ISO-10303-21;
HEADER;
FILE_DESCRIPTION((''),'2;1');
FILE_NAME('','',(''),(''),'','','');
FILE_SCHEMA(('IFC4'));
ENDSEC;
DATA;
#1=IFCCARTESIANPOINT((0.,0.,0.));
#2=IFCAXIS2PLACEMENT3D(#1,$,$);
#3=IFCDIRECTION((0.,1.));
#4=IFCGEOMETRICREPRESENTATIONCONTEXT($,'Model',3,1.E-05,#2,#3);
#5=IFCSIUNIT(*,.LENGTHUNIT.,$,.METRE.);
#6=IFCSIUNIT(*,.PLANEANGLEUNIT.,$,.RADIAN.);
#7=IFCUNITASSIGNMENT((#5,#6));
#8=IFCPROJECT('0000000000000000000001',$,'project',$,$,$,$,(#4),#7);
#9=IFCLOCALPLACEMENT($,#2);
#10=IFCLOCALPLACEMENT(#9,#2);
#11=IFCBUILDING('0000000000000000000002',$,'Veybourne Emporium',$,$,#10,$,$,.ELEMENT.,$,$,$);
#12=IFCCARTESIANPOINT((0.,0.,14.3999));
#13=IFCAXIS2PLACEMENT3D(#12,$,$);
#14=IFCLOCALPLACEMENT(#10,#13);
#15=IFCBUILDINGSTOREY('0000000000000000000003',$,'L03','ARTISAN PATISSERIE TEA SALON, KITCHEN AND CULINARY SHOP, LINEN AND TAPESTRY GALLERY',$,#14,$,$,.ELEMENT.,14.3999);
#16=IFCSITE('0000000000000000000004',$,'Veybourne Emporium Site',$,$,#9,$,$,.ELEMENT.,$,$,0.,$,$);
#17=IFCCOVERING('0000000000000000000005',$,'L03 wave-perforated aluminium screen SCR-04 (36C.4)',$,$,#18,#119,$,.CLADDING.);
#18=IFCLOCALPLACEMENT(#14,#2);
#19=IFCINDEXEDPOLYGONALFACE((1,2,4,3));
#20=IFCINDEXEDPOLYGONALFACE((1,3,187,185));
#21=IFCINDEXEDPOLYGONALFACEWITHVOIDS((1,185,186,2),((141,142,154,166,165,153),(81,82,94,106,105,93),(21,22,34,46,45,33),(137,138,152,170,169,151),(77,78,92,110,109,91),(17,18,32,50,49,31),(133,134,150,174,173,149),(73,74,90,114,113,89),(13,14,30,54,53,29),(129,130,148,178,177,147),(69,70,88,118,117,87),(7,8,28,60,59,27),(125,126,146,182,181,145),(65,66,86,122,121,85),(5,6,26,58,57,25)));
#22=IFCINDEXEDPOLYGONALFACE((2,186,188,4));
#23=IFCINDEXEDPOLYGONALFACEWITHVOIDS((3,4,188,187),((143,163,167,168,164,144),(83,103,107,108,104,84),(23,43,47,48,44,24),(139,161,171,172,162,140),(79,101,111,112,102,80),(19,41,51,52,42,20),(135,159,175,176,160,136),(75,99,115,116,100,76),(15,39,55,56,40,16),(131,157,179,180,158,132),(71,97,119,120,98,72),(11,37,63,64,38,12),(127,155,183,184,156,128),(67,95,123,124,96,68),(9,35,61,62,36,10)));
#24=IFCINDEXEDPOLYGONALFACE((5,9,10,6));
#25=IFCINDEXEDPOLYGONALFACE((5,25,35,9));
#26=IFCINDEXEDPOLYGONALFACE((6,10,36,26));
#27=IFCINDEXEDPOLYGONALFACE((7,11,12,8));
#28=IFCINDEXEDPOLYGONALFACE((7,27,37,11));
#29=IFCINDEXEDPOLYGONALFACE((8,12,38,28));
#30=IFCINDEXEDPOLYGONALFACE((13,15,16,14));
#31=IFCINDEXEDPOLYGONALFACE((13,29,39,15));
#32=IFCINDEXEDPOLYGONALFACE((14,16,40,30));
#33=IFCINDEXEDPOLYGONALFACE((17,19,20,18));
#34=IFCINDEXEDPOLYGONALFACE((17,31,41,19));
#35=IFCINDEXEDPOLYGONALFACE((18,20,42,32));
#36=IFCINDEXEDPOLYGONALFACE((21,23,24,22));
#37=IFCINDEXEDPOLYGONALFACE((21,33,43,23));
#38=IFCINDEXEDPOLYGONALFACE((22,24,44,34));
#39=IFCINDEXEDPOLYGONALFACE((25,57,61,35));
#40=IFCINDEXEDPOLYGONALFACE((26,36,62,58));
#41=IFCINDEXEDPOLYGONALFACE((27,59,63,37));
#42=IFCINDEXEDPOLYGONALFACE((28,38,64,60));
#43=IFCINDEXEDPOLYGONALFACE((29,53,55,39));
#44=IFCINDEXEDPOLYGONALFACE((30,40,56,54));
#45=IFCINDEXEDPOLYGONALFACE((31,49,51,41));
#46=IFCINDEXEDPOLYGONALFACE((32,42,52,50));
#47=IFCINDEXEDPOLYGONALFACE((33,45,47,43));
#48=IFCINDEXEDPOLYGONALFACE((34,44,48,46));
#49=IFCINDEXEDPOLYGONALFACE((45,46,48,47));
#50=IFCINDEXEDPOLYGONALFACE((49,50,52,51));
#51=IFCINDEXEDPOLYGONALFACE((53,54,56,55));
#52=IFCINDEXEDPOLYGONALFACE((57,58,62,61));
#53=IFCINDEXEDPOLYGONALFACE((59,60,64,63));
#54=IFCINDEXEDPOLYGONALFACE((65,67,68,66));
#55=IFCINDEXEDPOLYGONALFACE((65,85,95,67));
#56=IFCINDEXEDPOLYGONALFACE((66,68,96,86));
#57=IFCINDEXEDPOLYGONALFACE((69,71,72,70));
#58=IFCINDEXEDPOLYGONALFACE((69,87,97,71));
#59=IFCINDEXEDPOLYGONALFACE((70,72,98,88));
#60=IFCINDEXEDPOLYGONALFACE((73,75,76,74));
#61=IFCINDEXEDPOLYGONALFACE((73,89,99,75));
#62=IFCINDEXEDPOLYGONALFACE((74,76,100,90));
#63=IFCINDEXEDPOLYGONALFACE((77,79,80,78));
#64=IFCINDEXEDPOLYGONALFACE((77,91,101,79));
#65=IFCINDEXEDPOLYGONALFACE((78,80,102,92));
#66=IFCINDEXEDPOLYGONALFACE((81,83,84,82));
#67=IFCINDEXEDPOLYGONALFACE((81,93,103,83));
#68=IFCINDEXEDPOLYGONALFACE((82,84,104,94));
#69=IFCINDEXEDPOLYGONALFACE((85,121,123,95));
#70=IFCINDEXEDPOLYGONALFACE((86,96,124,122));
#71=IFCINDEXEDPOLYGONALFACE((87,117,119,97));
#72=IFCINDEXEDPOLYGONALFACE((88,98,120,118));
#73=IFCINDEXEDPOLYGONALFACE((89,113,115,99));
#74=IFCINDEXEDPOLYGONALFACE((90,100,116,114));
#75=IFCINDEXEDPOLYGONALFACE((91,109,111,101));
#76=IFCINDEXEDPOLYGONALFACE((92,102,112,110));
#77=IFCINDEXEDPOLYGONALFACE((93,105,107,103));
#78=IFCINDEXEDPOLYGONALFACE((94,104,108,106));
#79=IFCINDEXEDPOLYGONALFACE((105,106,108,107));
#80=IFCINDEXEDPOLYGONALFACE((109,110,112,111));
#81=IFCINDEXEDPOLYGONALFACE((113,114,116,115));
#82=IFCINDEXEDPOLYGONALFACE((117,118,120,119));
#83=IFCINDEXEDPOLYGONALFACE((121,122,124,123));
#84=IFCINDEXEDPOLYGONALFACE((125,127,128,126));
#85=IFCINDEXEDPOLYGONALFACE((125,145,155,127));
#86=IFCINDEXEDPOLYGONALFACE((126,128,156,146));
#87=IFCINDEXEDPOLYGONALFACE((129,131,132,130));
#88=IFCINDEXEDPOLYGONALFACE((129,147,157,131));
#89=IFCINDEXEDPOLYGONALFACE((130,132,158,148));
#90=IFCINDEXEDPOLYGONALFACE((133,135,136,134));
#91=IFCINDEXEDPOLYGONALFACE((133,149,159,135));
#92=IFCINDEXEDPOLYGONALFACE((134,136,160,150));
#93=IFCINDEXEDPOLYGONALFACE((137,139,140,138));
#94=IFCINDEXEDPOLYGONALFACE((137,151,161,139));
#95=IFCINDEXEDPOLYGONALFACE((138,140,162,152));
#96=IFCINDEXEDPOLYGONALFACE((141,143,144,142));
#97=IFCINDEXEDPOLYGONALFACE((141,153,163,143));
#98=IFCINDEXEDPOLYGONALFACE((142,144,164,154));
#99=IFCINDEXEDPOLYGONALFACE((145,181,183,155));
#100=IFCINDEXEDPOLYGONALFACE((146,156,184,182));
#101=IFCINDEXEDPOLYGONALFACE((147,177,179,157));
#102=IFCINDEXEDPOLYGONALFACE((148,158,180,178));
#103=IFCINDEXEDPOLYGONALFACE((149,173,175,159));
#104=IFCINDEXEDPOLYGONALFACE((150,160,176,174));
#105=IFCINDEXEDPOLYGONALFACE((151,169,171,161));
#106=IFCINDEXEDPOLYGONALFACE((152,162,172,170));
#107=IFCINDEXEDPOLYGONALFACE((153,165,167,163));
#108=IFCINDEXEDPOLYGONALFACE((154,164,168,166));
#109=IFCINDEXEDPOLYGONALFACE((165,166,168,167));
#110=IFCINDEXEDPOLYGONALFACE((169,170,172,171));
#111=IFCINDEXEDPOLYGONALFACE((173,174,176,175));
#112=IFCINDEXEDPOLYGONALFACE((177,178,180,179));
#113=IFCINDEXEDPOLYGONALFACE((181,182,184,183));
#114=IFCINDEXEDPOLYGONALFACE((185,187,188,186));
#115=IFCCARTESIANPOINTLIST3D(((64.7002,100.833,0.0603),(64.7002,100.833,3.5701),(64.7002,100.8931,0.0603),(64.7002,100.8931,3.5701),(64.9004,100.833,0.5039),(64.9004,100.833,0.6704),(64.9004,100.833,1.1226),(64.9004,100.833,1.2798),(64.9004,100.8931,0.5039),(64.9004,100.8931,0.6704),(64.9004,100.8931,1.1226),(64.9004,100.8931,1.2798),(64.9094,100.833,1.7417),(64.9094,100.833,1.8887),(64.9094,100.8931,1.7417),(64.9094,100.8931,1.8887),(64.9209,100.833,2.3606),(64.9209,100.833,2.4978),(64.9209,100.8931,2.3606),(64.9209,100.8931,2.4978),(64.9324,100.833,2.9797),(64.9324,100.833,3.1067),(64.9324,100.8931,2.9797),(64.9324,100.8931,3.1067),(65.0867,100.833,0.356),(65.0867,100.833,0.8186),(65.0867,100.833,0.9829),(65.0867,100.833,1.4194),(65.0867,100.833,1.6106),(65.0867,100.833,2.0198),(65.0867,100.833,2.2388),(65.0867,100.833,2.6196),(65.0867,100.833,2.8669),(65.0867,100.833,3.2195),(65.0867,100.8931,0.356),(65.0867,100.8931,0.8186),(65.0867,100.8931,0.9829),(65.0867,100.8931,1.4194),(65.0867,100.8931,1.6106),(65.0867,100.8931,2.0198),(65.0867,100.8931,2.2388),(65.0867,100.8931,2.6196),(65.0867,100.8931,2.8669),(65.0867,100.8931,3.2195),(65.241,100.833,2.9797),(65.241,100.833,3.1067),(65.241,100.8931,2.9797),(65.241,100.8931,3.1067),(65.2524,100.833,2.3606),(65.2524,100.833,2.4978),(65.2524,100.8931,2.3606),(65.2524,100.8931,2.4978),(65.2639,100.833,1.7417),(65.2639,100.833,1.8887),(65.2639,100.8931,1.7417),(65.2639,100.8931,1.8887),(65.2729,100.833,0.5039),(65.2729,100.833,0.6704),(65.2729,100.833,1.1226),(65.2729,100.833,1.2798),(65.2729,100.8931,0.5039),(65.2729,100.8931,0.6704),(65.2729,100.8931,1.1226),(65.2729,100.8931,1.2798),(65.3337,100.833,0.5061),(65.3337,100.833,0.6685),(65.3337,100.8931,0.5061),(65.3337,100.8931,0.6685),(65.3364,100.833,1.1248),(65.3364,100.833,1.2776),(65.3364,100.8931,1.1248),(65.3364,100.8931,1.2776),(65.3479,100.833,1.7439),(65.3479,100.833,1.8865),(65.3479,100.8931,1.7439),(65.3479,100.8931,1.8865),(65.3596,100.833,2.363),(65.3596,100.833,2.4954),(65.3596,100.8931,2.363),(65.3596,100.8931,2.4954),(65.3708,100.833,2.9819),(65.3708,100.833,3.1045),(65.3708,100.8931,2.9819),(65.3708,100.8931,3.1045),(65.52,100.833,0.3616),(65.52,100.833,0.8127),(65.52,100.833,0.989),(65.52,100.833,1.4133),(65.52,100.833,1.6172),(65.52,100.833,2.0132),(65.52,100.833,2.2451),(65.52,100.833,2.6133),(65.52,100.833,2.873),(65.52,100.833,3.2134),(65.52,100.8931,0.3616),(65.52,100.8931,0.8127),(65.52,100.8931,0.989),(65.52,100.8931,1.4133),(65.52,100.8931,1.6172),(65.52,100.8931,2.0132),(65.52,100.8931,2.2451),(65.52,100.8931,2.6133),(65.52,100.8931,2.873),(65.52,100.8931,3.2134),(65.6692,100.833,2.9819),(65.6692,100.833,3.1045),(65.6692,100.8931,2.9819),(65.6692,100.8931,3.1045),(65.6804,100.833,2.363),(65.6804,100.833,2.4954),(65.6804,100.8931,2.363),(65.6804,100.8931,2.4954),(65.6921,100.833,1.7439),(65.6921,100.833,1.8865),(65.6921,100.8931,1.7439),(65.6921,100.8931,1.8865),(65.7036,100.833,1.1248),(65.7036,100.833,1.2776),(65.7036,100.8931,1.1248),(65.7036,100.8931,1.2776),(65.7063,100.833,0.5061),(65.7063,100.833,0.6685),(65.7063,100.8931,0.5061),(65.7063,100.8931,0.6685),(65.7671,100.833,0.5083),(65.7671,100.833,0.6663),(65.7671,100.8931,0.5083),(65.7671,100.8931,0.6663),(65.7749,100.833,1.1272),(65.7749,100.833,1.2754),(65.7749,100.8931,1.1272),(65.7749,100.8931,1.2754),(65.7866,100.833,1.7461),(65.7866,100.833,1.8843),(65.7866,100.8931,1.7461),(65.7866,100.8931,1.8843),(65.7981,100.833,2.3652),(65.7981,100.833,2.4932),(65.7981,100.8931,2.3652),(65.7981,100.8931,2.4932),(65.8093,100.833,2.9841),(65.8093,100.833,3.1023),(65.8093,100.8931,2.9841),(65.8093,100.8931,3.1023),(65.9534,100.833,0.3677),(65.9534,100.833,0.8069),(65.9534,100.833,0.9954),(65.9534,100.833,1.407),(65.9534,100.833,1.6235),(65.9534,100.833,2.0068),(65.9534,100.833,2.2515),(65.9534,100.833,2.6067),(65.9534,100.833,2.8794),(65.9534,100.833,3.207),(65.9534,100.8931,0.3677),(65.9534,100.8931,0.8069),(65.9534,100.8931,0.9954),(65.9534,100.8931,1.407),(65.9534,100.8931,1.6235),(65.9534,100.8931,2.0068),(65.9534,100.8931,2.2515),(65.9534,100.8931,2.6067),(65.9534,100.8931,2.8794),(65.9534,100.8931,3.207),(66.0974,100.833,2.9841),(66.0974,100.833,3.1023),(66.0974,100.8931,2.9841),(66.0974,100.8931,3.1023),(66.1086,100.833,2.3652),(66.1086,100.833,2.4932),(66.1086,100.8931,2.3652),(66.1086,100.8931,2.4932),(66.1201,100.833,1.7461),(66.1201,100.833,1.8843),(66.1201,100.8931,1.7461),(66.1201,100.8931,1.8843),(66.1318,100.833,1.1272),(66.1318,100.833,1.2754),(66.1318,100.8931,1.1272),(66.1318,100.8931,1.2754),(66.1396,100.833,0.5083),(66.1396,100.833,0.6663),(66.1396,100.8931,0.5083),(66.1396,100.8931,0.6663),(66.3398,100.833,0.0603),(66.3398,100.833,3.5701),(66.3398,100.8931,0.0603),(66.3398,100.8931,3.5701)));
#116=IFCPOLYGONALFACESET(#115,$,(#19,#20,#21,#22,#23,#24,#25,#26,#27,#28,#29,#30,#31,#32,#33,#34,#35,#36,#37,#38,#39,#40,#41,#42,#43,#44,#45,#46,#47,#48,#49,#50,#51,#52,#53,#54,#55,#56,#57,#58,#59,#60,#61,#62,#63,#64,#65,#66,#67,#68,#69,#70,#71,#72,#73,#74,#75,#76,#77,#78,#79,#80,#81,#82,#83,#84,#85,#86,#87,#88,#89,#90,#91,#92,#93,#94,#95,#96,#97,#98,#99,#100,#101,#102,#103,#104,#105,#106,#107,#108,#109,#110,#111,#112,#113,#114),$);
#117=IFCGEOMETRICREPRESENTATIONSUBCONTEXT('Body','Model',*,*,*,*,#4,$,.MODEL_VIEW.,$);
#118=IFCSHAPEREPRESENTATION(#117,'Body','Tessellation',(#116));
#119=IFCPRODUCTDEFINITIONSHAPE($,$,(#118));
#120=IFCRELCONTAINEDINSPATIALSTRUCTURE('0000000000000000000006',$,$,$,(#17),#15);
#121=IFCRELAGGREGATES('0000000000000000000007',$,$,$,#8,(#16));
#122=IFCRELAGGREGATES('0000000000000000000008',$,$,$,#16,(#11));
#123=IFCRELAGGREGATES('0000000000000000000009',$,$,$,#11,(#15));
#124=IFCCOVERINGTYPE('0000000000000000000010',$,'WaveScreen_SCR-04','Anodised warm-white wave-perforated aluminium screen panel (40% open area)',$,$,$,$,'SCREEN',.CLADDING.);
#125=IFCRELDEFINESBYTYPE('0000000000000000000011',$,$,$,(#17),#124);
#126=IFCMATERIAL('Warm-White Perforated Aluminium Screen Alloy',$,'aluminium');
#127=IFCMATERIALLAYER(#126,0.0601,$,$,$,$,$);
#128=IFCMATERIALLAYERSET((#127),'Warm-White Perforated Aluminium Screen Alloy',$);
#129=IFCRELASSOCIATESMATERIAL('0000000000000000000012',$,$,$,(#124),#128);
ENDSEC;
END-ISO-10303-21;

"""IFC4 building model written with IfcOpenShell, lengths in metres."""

from ifc_helpers import new_model, si_unit, direction, frame, origin, place, context, subcontext, project, spatial, polyline, outline, extrude, material, layer, layer_set, type_object, element, save


model = new_model("IFC4")

# Units and contexts
model_context = context("Model", 3, precision=1e-05, world=origin(), true_north=direction((0.0, 1.0)))
body_context = subcontext(model_context, "Body", "Model", "MODEL_VIEW")
ifc_project = project(units=[si_unit("LENGTHUNIT", "METRE"), si_unit("PLANEANGLEUNIT", "RADIAN")], contexts=[model_context])

# Site, building, storey
site_placement = place(None, origin())
site = spatial("IfcSite", under=ifc_project, at=site_placement, Name="Veybourne Emporium Site", CompositionType="ELEMENT", RefElevation=0.0)
building_placement = place(site_placement, origin())
building = spatial("IfcBuilding", under=site, at=building_placement, Name="Veybourne Emporium", CompositionType="ELEMENT")
storey_placement = place(building_placement, frame((0.0, 0.0, 14.3999)))
storey = spatial("IfcBuildingStorey", under=building, at=storey_placement, Name="L03", Description="ARTISAN PATISSERIE TEA SALON, KITCHEN AND CULINARY SHOP, LINEN AND TAPESTRY GALLERY", CompositionType="ELEMENT", Elevation=14.3999)

# Covering
ifc_material_1 = material(Name="Warm-White Perforated Aluminium Screen Alloy", Category="aluminium")
ifc_layer_1 = layer(ifc_material_1, 0.0601)
ifc_layer_set_1 = layer_set([ifc_layer_1], Name="Warm-White Perforated Aluminium Screen Alloy")
covering_type_1 = type_object("IfcCoveringType", Name="WaveScreen_SCR-04", Description="Anodised warm-white wave-perforated aluminium screen panel (40% open area)", ElementType="SCREEN", PredefinedType="CLADDING", material=ifc_layer_set_1)
covering_1_placement = place(storey_placement, frame((65.52, 100.8931, 1.8152), z_axis=(0.0, -1.0, 0.0), x_axis=(1.0, 0.0, 0.0)))
element("IfcCovering", 1, at=covering_1_placement, inside=storey, type_object=covering_type_1, Name="L03 wave-perforated aluminium screen SCR-04 (36C.4)", PredefinedType="CLADDING", context=body_context, shape_type="SweptSolid", body=[
    extrude(outline(polyline([(-0.8198, -1.7549), (0.8198, -1.7549), (0.8198, 1.7549), (-0.8198, 1.7549), (-0.8198, -1.7549)]), holes=[polyline([(-0.4333, -0.9966), (-0.2471, -1.1448), (-0.2471, -1.3113), (-0.4333, -1.4592), (-0.6196, -1.3113), (-0.6196, -1.1448), (-0.4333, -0.9966)]), polyline([(-0.4333, -0.3958), (-0.2471, -0.5354), (-0.2471, -0.6926), (-0.4333, -0.8323), (-0.6196, -0.6926), (-0.6196, -0.5354), (-0.4333, -0.3958)]), polyline([(-0.4333, 0.2046), (-0.2561, 0.0735), (-0.2561, -0.0735), (-0.4333, -0.2046), (-0.6106, -0.0735), (-0.6106, 0.0735), (-0.4333, 0.2046)]), polyline([(-0.4333, 0.8044), (-0.2676, 0.6826), (-0.2676, 0.5454), (-0.4333, 0.4236), (-0.5991, 0.5454), (-0.5991, 0.6826), (-0.4333, 0.8044)]), polyline([(-0.4333, 1.4043), (-0.2791, 1.2915), (-0.2791, 1.1646), (-0.4333, 1.0518), (-0.5876, 1.1646), (-0.5876, 1.2915), (-0.4333, 1.4043)]), polyline([(0.0, -1.0024), (0.1863, -1.1467), (0.1863, -1.3091), (0.0, -1.4536), (-0.1863, -1.3091), (-0.1863, -1.1467), (0.0, -1.0024)]), polyline([(0.0, -0.4019), (0.1836, -0.5376), (0.1836, -0.6904), (0.0, -0.8262), (-0.1836, -0.6904), (-0.1836, -0.5376), (0.0, -0.4019)]), polyline([(0.0, 0.198), (0.1721, 0.0713), (0.1721, -0.0713), (0.0, -0.198), (-0.1721, -0.0713), (-0.1721, 0.0713), (0.0, 0.198)]), polyline([(0.0, 0.7981), (0.1604, 0.6802), (0.1604, 0.5479), (0.0, 0.4299), (-0.1604, 0.5479), (-0.1604, 0.6802), (0.0, 0.7981)]), polyline([(0.0, 1.3982), (0.1492, 1.2893), (0.1492, 1.1667), (0.0, 1.0579), (-0.1492, 1.1667), (-0.1492, 1.2893), (0.0, 1.3982)]), polyline([(0.4333, -1.0083), (0.6196, -1.1489), (0.6196, -1.3069), (0.4333, -1.4475), (0.2471, -1.3069), (0.2471, -1.1489), (0.4333, -1.0083)]), polyline([(0.4333, -0.4082), (0.6118, -0.5398), (0.6118, -0.688), (0.4333, -0.8198), (0.2549, -0.688), (0.2549, -0.5398), (0.4333, -0.4082)]), polyline([(0.4333, 0.1917), (0.6001, 0.0691), (0.6001, -0.0691), (0.4333, -0.1917), (0.2666, -0.0691), (0.2666, 0.0691), (0.4333, 0.1917)]), polyline([(0.4333, 0.7915), (0.5886, 0.678), (0.5886, 0.55), (0.4333, 0.4363), (0.2781, 0.55), (0.2781, 0.678), (0.4333, 0.7915)]), polyline([(0.4333, 1.3918), (0.5774, 1.2871), (0.5774, 1.1689), (0.4333, 1.0642), (0.2893, 1.1689), (0.2893, 1.2871), (0.4333, 1.3918)])]), origin(), (0.0, 0.0, 1.0), 0.0601),
])

save(model, "model.ifc")
